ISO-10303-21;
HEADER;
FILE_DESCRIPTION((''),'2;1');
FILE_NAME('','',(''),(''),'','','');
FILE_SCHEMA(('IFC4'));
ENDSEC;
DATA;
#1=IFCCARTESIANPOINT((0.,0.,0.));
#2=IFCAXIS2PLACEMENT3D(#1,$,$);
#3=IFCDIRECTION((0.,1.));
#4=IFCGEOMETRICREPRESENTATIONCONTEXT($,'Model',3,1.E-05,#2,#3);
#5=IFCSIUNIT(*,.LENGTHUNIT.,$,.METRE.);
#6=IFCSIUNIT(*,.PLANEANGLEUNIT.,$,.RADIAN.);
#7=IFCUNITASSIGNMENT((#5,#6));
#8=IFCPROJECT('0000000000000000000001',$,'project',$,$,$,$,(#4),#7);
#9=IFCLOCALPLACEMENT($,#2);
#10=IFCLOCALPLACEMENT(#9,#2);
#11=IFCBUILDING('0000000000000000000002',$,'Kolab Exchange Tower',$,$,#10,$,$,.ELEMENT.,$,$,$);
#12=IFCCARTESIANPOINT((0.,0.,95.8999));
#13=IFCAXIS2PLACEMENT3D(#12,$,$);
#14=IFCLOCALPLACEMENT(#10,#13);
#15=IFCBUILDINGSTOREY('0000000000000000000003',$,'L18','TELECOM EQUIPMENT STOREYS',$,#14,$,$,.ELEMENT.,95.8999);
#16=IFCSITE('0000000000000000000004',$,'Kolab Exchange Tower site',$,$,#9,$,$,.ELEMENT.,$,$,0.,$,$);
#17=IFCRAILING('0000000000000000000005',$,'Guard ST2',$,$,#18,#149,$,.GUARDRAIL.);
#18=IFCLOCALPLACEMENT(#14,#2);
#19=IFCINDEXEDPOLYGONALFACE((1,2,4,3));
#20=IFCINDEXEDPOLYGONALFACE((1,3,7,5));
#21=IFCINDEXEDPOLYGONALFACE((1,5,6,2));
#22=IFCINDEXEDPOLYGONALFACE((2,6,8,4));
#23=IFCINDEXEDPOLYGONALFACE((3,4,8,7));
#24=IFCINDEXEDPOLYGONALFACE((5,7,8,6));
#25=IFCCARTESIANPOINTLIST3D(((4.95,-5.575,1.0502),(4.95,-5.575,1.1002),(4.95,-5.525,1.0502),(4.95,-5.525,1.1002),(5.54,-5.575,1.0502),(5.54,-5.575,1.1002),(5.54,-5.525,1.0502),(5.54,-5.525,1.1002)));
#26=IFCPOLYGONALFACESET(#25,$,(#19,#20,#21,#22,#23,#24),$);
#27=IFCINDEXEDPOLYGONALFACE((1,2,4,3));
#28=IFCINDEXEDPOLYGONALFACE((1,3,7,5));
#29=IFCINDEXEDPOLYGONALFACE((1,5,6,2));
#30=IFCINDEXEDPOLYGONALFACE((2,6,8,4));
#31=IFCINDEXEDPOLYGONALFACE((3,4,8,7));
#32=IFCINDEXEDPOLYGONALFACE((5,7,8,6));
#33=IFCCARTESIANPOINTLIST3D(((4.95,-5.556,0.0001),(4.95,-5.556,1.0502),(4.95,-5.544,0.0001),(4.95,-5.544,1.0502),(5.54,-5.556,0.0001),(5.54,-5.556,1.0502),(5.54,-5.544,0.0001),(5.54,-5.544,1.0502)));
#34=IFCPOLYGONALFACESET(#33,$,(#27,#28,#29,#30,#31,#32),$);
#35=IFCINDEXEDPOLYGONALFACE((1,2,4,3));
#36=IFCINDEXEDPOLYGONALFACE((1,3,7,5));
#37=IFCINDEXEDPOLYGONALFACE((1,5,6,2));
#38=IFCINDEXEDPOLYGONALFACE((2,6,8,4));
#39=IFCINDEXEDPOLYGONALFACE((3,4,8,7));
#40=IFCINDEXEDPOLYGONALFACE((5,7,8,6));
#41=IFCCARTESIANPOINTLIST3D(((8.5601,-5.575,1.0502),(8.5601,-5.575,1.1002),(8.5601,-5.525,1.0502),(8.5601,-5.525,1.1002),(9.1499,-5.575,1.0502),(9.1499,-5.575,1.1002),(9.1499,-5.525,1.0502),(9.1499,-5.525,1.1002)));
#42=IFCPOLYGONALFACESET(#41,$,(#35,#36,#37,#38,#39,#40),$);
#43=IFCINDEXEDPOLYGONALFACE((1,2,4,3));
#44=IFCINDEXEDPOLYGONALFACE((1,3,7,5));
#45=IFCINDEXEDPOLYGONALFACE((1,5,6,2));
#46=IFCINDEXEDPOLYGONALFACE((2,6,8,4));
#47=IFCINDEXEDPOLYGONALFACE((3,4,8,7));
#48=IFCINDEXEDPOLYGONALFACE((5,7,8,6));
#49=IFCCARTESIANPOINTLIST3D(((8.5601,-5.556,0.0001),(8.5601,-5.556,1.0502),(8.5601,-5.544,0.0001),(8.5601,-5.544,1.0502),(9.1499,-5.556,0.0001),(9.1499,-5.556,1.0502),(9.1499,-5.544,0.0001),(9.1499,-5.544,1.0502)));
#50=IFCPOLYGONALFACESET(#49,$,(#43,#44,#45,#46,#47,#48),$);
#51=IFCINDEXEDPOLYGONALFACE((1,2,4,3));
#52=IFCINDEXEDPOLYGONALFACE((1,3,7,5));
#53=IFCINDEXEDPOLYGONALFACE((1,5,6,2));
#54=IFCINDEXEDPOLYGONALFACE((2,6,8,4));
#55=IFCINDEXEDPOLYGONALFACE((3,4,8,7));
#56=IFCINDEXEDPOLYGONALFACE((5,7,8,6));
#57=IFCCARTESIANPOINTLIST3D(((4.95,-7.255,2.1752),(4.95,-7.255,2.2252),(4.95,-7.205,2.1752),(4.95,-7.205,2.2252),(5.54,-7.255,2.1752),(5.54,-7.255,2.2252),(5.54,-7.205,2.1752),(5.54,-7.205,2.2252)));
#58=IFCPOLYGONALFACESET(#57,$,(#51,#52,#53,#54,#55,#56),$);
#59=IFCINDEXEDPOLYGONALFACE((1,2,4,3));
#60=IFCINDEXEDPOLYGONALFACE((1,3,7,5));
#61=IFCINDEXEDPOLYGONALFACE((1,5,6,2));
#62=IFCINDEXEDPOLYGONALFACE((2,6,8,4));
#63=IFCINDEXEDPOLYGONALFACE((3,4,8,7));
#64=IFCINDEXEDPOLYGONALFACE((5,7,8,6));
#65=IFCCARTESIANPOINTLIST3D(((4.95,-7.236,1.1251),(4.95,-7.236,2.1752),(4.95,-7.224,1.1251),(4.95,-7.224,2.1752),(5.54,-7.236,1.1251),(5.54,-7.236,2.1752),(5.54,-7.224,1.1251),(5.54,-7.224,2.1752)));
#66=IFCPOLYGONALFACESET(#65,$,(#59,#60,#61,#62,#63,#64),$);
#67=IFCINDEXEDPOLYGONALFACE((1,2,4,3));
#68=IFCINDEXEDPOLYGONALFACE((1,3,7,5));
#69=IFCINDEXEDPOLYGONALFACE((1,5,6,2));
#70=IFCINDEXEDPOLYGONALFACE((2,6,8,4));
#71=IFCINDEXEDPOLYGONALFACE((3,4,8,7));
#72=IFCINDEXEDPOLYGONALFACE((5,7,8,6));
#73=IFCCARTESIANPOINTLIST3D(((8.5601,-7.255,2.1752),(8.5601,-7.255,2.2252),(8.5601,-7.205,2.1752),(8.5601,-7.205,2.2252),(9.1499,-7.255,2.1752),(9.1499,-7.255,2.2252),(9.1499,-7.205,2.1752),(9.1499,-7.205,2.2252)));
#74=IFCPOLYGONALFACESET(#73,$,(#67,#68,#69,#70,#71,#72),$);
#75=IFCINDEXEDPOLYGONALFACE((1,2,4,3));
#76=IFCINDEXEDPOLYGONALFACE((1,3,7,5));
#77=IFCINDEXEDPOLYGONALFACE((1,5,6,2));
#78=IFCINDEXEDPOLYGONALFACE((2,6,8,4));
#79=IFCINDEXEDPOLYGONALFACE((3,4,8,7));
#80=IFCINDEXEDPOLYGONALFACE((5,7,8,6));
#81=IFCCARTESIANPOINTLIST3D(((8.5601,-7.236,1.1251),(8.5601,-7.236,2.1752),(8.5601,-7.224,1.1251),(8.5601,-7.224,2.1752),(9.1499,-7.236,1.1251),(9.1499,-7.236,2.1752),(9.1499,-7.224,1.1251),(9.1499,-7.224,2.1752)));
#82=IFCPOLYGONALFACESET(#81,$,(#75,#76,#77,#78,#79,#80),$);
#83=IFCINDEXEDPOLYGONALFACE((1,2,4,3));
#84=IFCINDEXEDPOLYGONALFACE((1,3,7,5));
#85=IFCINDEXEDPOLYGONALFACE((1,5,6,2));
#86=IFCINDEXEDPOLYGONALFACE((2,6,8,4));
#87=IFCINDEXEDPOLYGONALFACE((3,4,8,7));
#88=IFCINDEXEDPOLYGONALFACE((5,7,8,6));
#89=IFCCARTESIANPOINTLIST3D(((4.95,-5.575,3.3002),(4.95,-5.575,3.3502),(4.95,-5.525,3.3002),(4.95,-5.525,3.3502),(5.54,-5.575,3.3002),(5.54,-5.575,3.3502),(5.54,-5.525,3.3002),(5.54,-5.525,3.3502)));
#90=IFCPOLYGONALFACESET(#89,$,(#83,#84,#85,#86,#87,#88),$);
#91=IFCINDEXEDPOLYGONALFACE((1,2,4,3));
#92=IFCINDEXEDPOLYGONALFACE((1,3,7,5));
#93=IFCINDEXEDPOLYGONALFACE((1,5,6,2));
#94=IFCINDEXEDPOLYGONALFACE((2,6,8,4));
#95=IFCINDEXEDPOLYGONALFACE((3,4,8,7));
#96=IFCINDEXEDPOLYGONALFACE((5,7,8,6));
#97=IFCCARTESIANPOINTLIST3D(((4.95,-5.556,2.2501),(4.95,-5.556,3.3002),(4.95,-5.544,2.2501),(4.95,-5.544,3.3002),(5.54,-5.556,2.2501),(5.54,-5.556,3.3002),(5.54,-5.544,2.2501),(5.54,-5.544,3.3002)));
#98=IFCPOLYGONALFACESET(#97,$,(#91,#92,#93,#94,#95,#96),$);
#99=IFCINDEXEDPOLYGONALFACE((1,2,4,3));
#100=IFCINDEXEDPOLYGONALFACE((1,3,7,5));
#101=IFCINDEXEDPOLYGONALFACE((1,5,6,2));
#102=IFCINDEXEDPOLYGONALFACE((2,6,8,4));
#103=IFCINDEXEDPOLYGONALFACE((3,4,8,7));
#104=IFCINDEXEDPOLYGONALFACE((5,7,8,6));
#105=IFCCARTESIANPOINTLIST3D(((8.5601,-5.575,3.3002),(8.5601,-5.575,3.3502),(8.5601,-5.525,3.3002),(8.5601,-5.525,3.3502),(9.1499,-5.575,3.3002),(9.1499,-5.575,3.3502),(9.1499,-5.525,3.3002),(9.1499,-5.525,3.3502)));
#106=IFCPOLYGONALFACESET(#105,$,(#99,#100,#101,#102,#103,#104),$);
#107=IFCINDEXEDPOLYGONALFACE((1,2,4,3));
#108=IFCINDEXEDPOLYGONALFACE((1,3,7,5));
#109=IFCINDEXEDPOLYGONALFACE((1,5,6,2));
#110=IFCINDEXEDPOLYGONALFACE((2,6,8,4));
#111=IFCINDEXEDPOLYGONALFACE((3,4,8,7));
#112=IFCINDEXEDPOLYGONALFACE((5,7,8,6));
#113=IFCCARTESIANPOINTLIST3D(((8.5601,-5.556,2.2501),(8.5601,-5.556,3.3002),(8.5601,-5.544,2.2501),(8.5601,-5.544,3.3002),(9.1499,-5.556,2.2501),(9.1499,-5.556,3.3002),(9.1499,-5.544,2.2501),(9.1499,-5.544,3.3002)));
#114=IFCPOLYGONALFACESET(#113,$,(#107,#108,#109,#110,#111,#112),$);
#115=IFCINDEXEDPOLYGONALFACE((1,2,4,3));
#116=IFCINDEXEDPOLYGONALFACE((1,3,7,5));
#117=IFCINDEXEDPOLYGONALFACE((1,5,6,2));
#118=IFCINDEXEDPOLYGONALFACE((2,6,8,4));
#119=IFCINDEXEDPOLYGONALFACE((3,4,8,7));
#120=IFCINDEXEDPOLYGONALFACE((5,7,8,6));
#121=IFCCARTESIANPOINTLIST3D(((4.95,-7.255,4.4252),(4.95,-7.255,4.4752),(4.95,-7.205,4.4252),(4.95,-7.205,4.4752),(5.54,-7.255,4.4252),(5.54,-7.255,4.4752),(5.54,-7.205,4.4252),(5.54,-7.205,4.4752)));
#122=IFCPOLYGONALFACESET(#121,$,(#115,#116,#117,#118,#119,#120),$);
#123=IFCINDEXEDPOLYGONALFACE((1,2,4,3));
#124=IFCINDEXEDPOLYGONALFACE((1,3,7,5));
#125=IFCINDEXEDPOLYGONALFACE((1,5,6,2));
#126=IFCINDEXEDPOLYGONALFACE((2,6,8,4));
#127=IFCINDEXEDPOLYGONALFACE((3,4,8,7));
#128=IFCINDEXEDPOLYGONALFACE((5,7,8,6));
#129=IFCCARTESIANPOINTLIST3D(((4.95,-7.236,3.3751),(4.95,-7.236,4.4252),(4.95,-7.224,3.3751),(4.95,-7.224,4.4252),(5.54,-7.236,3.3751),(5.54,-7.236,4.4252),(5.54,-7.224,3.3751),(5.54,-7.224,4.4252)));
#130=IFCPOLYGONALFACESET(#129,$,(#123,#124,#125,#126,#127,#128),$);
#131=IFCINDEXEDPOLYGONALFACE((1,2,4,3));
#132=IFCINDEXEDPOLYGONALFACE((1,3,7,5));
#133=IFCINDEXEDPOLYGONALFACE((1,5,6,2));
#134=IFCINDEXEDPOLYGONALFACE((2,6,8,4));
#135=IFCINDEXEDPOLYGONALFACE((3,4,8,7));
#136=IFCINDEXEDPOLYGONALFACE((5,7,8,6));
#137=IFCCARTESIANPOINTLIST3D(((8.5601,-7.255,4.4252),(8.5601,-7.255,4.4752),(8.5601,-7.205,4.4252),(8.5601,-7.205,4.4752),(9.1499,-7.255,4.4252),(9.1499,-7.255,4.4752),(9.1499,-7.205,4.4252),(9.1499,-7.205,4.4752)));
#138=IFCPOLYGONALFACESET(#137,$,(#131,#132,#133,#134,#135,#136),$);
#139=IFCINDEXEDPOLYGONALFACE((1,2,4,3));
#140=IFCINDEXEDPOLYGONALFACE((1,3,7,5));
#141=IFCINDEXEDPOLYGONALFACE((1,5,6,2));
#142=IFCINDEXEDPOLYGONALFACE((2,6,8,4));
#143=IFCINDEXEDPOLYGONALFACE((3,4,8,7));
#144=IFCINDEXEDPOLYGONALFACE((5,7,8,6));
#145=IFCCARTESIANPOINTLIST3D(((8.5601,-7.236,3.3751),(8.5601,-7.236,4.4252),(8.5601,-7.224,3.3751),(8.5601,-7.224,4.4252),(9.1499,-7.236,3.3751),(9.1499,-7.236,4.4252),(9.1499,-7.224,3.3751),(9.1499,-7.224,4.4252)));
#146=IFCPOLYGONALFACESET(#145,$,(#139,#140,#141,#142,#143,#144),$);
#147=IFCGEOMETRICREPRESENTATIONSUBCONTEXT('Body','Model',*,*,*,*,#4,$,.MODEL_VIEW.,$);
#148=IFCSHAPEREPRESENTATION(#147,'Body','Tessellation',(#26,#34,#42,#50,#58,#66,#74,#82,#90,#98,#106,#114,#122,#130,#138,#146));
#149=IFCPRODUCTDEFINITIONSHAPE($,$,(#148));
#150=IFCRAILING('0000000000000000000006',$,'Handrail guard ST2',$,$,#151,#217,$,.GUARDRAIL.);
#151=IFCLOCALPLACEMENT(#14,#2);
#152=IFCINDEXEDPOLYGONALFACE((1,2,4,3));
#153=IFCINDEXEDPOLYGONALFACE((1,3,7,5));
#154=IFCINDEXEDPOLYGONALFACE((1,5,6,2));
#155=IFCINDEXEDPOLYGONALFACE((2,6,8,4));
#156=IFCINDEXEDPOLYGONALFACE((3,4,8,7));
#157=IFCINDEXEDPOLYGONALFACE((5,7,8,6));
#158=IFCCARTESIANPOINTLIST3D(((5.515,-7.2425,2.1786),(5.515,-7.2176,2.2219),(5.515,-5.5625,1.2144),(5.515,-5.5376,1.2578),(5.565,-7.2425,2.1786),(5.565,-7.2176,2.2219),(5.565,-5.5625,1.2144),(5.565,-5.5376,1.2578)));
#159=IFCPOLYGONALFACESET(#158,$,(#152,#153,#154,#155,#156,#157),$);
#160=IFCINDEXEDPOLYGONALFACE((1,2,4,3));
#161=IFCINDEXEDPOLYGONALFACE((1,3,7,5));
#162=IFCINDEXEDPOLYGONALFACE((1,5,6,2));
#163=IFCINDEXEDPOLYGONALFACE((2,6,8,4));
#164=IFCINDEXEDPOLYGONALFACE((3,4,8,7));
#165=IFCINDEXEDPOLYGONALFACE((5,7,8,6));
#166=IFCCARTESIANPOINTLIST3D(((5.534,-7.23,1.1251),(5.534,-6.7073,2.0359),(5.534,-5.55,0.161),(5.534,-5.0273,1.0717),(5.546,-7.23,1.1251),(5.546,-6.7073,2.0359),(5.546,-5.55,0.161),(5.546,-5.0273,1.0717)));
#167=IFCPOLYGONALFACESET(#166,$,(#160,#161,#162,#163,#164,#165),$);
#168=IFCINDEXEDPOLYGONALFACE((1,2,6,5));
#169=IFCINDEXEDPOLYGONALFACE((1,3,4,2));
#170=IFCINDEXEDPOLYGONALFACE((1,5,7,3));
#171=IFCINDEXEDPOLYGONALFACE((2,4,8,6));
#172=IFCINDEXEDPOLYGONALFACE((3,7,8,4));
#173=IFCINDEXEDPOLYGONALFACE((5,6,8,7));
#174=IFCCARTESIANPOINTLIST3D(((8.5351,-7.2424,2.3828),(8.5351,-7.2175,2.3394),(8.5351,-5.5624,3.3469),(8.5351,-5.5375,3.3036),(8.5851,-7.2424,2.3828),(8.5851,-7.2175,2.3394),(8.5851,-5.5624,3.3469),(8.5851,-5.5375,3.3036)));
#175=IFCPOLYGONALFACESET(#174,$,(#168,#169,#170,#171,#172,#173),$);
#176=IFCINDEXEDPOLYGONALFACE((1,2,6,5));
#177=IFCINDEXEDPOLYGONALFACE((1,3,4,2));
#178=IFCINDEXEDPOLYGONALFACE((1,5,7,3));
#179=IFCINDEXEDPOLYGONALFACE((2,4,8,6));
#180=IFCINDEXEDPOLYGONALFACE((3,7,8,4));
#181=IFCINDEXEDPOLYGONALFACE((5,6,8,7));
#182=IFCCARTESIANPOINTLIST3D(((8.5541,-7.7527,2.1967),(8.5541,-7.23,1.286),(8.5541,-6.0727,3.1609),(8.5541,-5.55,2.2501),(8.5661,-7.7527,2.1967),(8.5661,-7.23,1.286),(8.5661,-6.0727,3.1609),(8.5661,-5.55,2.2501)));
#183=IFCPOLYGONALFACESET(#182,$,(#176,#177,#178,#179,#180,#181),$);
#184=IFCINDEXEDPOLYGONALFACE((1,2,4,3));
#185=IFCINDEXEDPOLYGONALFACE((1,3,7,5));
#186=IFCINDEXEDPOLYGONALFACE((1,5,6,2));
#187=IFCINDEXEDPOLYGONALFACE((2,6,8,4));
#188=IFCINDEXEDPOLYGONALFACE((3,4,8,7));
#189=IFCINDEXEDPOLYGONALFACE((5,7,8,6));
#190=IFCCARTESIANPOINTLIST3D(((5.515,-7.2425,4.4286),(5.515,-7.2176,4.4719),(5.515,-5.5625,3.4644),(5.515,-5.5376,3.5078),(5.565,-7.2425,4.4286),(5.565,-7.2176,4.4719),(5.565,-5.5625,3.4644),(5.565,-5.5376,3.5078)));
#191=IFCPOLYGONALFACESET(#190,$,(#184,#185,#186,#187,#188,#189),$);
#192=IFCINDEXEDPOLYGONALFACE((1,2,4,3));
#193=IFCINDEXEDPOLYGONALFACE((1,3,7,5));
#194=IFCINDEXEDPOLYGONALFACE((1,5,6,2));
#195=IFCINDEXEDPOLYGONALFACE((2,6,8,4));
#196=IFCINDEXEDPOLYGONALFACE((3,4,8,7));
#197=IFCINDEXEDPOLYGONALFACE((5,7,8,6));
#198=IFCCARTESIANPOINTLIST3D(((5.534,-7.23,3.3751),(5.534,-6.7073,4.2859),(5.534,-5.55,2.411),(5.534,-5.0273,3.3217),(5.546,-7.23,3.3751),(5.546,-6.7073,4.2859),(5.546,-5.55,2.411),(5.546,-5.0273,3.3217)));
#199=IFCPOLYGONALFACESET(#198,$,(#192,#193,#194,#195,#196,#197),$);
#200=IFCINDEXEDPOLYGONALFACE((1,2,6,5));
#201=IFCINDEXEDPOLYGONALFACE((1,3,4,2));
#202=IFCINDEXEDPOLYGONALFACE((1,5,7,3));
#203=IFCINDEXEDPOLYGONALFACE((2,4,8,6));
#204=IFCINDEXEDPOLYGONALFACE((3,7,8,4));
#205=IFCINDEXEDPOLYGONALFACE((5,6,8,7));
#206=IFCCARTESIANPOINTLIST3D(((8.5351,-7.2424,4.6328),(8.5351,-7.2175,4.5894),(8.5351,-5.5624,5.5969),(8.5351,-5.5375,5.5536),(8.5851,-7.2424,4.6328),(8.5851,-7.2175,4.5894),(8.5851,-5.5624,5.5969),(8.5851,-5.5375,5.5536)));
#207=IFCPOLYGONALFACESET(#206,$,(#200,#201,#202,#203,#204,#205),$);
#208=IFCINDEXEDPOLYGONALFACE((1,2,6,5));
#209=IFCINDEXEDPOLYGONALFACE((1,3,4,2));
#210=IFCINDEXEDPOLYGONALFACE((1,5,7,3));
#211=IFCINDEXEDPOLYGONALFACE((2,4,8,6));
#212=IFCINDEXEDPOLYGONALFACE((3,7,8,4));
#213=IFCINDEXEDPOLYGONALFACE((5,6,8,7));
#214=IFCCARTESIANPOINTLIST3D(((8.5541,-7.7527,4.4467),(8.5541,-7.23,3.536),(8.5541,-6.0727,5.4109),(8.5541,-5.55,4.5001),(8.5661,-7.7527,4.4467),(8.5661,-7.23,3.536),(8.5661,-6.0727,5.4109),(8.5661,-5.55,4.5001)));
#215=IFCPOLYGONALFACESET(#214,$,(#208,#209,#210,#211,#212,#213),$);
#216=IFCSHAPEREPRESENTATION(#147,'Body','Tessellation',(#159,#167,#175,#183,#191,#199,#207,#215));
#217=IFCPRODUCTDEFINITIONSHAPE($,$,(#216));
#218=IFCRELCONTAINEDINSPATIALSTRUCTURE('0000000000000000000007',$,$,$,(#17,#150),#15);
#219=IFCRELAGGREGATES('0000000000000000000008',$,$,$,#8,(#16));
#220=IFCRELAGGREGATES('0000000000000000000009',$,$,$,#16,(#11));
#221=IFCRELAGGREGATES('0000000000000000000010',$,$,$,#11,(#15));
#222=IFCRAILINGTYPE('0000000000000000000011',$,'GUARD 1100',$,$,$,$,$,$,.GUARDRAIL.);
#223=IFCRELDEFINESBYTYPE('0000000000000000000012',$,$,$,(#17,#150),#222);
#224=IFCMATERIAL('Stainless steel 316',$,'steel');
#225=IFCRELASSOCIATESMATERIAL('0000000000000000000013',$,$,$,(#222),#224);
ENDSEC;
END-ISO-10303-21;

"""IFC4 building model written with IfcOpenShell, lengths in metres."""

from ifc_helpers import new_model, si_unit, direction, frame, frame_2d, origin, origin_2d, place, context, subcontext, project, spatial, rectangle, extrude, material, type_object, element, save


model = new_model("IFC4")

# Units and contexts
model_context = context("Model", 3, precision=1e-05, world=origin(), true_north=direction((0.0, 1.0)))
body_context = subcontext(model_context, "Body", "Model", "MODEL_VIEW")
ifc_project = project(units=[si_unit("LENGTHUNIT", "METRE"), si_unit("PLANEANGLEUNIT", "RADIAN")], contexts=[model_context])

# Site, building, storey
site_placement = place(None, origin())
site = spatial("IfcSite", under=ifc_project, at=site_placement, Name="Kolab Exchange Tower site", CompositionType="ELEMENT", RefElevation=0.0)
building_placement = place(site_placement, origin())
building = spatial("IfcBuilding", under=site, at=building_placement, Name="Kolab Exchange Tower", CompositionType="ELEMENT")
storey_placement = place(building_placement, frame((0.0, 0.0, 95.8999)))
storey = spatial("IfcBuildingStorey", under=building, at=storey_placement, Name="L18", Description="TELECOM EQUIPMENT STOREYS", CompositionType="ELEMENT", Elevation=95.8999)

# Shared definitions
ifc_material_1 = material(Name="Stainless steel 316", Category="steel")

# Railings
railing_type = type_object("IfcRailingType", Name="GUARD 1100", PredefinedType="GUARDRAIL", material=ifc_material_1)
railing_1_placement = place(storey_placement, frame((4.95, -5.55, 0.0)))
element("IfcRailing", 1, at=railing_1_placement, inside=storey, type_object=railing_type, Name="Guard ST2", PredefinedType="GUARDRAIL", context=body_context, shape_type="SweptSolid", body=[
    extrude(rectangle(XDim=0.05, YDim=0.05, at=origin_2d()), frame((0.0, 0.0, 1.0752), z_axis=(1.0, 0.0, 0.0), x_axis=(0.0, 1.0, 0.0)), (0.0, 0.0, 1.0), 0.5901),
    extrude(rectangle(XDim=0.012, YDim=1.0501, at=frame_2d((0.0, 0.5251))), frame((0.0, 0.0, 0.0), z_axis=(1.0, 0.0, 0.0), x_axis=(0.0, 1.0, 0.0)), (0.0, 0.0, 1.0), 0.5901),
    extrude(rectangle(XDim=0.05, YDim=0.05, at=origin_2d()), frame((3.6101, 0.0, 1.0752), z_axis=(1.0, 0.0, 0.0), x_axis=(0.0, 1.0, 0.0)), (0.0, 0.0, 1.0), 0.5898),
    extrude(rectangle(XDim=0.012, YDim=1.0501, at=frame_2d((0.0, 0.5251))), frame((3.6101, 0.0, 0.0), z_axis=(1.0, 0.0, 0.0), x_axis=(0.0, 1.0, 0.0)), (0.0, 0.0, 1.0), 0.5898),
    extrude(rectangle(XDim=0.05, YDim=0.05, at=origin_2d()), frame((0.0, -1.6799, 2.2002), z_axis=(1.0, 0.0, 0.0), x_axis=(0.0, 1.0, 0.0)), (0.0, 0.0, 1.0), 0.5901),
    extrude(rectangle(XDim=0.012, YDim=1.0501, at=frame_2d((0.0, 0.5251))), frame((0.0, -1.6799, 1.125), z_axis=(1.0, 0.0, 0.0), x_axis=(0.0, 1.0, 0.0)), (0.0, 0.0, 1.0), 0.5901),
    extrude(rectangle(XDim=0.05, YDim=0.05, at=origin_2d()), frame((3.6101, -1.6799, 2.2002), z_axis=(1.0, 0.0, 0.0), x_axis=(0.0, 1.0, 0.0)), (0.0, 0.0, 1.0), 0.5898),
    extrude(rectangle(XDim=0.012, YDim=1.0501, at=frame_2d((0.0, 0.5251))), frame((3.6101, -1.6799, 1.125), z_axis=(1.0, 0.0, 0.0), x_axis=(0.0, 1.0, 0.0)), (0.0, 0.0, 1.0), 0.5898),
    extrude(rectangle(XDim=0.05, YDim=0.05, at=origin_2d()), frame((0.0, 0.0, 3.3252), z_axis=(1.0, 0.0, 0.0), x_axis=(0.0, 1.0, 0.0)), (0.0, 0.0, 1.0), 0.5901),
    extrude(rectangle(XDim=0.012, YDim=1.0501, at=frame_2d((0.0, 0.5251))), frame((0.0, 0.0, 2.25), z_axis=(1.0, 0.0, 0.0), x_axis=(0.0, 1.0, 0.0)), (0.0, 0.0, 1.0), 0.5901),
    extrude(rectangle(XDim=0.05, YDim=0.05, at=origin_2d()), frame((3.6101, 0.0, 3.3252), z_axis=(1.0, 0.0, 0.0), x_axis=(0.0, 1.0, 0.0)), (0.0, 0.0, 1.0), 0.5898),
    extrude(rectangle(XDim=0.012, YDim=1.0501, at=frame_2d((0.0, 0.5251))), frame((3.6101, 0.0, 2.25), z_axis=(1.0, 0.0, 0.0), x_axis=(0.0, 1.0, 0.0)), (0.0, 0.0, 1.0), 0.5898),
    extrude(rectangle(XDim=0.05, YDim=0.05, at=origin_2d()), frame((0.0, -1.6799, 4.4502), z_axis=(1.0, 0.0, 0.0), x_axis=(0.0, 1.0, 0.0)), (0.0, 0.0, 1.0), 0.5901),
    extrude(rectangle(XDim=0.012, YDim=1.0501, at=frame_2d((0.0, 0.5251))), frame((0.0, -1.6799, 3.375), z_axis=(1.0, 0.0, 0.0), x_axis=(0.0, 1.0, 0.0)), (0.0, 0.0, 1.0), 0.5901),
    extrude(rectangle(XDim=0.05, YDim=0.05, at=origin_2d()), frame((3.6101, -1.6799, 4.4502), z_axis=(1.0, 0.0, 0.0), x_axis=(0.0, 1.0, 0.0)), (0.0, 0.0, 1.0), 0.5898),
    extrude(rectangle(XDim=0.012, YDim=1.0501, at=frame_2d((0.0, 0.5251))), frame((3.6101, -1.6799, 3.375), z_axis=(1.0, 0.0, 0.0), x_axis=(0.0, 1.0, 0.0)), (0.0, 0.0, 1.0), 0.5898),
])
railing_2_placement = place(storey_placement, frame((5.54, -5.55, 0.1609)))
element("IfcRailing", 2, at=railing_2_placement, inside=storey, type_object=railing_type, Name="Handrail guard ST2", PredefinedType="GUARDRAIL", context=body_context, shape_type="SweptSolid", body=[
    extrude(rectangle(XDim=0.05, YDim=0.05, at=origin_2d()), frame((0.0, 0.0, 1.0752), z_axis=(0.0, -0.867319, 0.497753), x_axis=(1.0, 0.0, 0.0)), (0.0, 0.0, 1.0), 1.937),
    extrude(rectangle(XDim=0.012, YDim=1.0501, at=frame_2d((0.0, 0.5251))), frame((0.0, 0.0, 0.0), z_axis=(0.0, -0.867319, 0.497753), x_axis=(1.0, 0.0, 0.0)), (0.0, 0.0, 1.0), 1.937),
    extrude(rectangle(XDim=0.05, YDim=0.05, at=origin_2d()), frame((3.02, -1.6799, 2.2002), z_axis=(0.0, 0.867319, 0.497753), x_axis=(-1.0, 0.0, 0.0)), (0.0, 0.0, 1.0), 1.937),
    extrude(rectangle(XDim=0.012, YDim=1.0501, at=frame_2d((0.0, 0.5251))), frame((3.02, -1.6799, 1.125), z_axis=(0.0, 0.867319, 0.497753), x_axis=(-1.0, 0.0, 0.0)), (0.0, 0.0, 1.0), 1.937),
    extrude(rectangle(XDim=0.05, YDim=0.05, at=origin_2d()), frame((0.0, 0.0, 3.3252), z_axis=(0.0, -0.867319, 0.497753), x_axis=(1.0, 0.0, 0.0)), (0.0, 0.0, 1.0), 1.937),
    extrude(rectangle(XDim=0.012, YDim=1.0501, at=frame_2d((0.0, 0.5251))), frame((0.0, 0.0, 2.25), z_axis=(0.0, -0.867319, 0.497753), x_axis=(1.0, 0.0, 0.0)), (0.0, 0.0, 1.0), 1.937),
    extrude(rectangle(XDim=0.05, YDim=0.05, at=origin_2d()), frame((3.02, -1.6799, 4.4502), z_axis=(0.0, 0.867319, 0.497753), x_axis=(-1.0, 0.0, 0.0)), (0.0, 0.0, 1.0), 1.937),
    extrude(rectangle(XDim=0.012, YDim=1.0501, at=frame_2d((0.0, 0.5251))), frame((3.02, -1.6799, 3.375), z_axis=(0.0, 0.867319, 0.497753), x_axis=(-1.0, 0.0, 0.0)), (0.0, 0.0, 1.0), 1.937),
])

save(model, "model.ifc")
